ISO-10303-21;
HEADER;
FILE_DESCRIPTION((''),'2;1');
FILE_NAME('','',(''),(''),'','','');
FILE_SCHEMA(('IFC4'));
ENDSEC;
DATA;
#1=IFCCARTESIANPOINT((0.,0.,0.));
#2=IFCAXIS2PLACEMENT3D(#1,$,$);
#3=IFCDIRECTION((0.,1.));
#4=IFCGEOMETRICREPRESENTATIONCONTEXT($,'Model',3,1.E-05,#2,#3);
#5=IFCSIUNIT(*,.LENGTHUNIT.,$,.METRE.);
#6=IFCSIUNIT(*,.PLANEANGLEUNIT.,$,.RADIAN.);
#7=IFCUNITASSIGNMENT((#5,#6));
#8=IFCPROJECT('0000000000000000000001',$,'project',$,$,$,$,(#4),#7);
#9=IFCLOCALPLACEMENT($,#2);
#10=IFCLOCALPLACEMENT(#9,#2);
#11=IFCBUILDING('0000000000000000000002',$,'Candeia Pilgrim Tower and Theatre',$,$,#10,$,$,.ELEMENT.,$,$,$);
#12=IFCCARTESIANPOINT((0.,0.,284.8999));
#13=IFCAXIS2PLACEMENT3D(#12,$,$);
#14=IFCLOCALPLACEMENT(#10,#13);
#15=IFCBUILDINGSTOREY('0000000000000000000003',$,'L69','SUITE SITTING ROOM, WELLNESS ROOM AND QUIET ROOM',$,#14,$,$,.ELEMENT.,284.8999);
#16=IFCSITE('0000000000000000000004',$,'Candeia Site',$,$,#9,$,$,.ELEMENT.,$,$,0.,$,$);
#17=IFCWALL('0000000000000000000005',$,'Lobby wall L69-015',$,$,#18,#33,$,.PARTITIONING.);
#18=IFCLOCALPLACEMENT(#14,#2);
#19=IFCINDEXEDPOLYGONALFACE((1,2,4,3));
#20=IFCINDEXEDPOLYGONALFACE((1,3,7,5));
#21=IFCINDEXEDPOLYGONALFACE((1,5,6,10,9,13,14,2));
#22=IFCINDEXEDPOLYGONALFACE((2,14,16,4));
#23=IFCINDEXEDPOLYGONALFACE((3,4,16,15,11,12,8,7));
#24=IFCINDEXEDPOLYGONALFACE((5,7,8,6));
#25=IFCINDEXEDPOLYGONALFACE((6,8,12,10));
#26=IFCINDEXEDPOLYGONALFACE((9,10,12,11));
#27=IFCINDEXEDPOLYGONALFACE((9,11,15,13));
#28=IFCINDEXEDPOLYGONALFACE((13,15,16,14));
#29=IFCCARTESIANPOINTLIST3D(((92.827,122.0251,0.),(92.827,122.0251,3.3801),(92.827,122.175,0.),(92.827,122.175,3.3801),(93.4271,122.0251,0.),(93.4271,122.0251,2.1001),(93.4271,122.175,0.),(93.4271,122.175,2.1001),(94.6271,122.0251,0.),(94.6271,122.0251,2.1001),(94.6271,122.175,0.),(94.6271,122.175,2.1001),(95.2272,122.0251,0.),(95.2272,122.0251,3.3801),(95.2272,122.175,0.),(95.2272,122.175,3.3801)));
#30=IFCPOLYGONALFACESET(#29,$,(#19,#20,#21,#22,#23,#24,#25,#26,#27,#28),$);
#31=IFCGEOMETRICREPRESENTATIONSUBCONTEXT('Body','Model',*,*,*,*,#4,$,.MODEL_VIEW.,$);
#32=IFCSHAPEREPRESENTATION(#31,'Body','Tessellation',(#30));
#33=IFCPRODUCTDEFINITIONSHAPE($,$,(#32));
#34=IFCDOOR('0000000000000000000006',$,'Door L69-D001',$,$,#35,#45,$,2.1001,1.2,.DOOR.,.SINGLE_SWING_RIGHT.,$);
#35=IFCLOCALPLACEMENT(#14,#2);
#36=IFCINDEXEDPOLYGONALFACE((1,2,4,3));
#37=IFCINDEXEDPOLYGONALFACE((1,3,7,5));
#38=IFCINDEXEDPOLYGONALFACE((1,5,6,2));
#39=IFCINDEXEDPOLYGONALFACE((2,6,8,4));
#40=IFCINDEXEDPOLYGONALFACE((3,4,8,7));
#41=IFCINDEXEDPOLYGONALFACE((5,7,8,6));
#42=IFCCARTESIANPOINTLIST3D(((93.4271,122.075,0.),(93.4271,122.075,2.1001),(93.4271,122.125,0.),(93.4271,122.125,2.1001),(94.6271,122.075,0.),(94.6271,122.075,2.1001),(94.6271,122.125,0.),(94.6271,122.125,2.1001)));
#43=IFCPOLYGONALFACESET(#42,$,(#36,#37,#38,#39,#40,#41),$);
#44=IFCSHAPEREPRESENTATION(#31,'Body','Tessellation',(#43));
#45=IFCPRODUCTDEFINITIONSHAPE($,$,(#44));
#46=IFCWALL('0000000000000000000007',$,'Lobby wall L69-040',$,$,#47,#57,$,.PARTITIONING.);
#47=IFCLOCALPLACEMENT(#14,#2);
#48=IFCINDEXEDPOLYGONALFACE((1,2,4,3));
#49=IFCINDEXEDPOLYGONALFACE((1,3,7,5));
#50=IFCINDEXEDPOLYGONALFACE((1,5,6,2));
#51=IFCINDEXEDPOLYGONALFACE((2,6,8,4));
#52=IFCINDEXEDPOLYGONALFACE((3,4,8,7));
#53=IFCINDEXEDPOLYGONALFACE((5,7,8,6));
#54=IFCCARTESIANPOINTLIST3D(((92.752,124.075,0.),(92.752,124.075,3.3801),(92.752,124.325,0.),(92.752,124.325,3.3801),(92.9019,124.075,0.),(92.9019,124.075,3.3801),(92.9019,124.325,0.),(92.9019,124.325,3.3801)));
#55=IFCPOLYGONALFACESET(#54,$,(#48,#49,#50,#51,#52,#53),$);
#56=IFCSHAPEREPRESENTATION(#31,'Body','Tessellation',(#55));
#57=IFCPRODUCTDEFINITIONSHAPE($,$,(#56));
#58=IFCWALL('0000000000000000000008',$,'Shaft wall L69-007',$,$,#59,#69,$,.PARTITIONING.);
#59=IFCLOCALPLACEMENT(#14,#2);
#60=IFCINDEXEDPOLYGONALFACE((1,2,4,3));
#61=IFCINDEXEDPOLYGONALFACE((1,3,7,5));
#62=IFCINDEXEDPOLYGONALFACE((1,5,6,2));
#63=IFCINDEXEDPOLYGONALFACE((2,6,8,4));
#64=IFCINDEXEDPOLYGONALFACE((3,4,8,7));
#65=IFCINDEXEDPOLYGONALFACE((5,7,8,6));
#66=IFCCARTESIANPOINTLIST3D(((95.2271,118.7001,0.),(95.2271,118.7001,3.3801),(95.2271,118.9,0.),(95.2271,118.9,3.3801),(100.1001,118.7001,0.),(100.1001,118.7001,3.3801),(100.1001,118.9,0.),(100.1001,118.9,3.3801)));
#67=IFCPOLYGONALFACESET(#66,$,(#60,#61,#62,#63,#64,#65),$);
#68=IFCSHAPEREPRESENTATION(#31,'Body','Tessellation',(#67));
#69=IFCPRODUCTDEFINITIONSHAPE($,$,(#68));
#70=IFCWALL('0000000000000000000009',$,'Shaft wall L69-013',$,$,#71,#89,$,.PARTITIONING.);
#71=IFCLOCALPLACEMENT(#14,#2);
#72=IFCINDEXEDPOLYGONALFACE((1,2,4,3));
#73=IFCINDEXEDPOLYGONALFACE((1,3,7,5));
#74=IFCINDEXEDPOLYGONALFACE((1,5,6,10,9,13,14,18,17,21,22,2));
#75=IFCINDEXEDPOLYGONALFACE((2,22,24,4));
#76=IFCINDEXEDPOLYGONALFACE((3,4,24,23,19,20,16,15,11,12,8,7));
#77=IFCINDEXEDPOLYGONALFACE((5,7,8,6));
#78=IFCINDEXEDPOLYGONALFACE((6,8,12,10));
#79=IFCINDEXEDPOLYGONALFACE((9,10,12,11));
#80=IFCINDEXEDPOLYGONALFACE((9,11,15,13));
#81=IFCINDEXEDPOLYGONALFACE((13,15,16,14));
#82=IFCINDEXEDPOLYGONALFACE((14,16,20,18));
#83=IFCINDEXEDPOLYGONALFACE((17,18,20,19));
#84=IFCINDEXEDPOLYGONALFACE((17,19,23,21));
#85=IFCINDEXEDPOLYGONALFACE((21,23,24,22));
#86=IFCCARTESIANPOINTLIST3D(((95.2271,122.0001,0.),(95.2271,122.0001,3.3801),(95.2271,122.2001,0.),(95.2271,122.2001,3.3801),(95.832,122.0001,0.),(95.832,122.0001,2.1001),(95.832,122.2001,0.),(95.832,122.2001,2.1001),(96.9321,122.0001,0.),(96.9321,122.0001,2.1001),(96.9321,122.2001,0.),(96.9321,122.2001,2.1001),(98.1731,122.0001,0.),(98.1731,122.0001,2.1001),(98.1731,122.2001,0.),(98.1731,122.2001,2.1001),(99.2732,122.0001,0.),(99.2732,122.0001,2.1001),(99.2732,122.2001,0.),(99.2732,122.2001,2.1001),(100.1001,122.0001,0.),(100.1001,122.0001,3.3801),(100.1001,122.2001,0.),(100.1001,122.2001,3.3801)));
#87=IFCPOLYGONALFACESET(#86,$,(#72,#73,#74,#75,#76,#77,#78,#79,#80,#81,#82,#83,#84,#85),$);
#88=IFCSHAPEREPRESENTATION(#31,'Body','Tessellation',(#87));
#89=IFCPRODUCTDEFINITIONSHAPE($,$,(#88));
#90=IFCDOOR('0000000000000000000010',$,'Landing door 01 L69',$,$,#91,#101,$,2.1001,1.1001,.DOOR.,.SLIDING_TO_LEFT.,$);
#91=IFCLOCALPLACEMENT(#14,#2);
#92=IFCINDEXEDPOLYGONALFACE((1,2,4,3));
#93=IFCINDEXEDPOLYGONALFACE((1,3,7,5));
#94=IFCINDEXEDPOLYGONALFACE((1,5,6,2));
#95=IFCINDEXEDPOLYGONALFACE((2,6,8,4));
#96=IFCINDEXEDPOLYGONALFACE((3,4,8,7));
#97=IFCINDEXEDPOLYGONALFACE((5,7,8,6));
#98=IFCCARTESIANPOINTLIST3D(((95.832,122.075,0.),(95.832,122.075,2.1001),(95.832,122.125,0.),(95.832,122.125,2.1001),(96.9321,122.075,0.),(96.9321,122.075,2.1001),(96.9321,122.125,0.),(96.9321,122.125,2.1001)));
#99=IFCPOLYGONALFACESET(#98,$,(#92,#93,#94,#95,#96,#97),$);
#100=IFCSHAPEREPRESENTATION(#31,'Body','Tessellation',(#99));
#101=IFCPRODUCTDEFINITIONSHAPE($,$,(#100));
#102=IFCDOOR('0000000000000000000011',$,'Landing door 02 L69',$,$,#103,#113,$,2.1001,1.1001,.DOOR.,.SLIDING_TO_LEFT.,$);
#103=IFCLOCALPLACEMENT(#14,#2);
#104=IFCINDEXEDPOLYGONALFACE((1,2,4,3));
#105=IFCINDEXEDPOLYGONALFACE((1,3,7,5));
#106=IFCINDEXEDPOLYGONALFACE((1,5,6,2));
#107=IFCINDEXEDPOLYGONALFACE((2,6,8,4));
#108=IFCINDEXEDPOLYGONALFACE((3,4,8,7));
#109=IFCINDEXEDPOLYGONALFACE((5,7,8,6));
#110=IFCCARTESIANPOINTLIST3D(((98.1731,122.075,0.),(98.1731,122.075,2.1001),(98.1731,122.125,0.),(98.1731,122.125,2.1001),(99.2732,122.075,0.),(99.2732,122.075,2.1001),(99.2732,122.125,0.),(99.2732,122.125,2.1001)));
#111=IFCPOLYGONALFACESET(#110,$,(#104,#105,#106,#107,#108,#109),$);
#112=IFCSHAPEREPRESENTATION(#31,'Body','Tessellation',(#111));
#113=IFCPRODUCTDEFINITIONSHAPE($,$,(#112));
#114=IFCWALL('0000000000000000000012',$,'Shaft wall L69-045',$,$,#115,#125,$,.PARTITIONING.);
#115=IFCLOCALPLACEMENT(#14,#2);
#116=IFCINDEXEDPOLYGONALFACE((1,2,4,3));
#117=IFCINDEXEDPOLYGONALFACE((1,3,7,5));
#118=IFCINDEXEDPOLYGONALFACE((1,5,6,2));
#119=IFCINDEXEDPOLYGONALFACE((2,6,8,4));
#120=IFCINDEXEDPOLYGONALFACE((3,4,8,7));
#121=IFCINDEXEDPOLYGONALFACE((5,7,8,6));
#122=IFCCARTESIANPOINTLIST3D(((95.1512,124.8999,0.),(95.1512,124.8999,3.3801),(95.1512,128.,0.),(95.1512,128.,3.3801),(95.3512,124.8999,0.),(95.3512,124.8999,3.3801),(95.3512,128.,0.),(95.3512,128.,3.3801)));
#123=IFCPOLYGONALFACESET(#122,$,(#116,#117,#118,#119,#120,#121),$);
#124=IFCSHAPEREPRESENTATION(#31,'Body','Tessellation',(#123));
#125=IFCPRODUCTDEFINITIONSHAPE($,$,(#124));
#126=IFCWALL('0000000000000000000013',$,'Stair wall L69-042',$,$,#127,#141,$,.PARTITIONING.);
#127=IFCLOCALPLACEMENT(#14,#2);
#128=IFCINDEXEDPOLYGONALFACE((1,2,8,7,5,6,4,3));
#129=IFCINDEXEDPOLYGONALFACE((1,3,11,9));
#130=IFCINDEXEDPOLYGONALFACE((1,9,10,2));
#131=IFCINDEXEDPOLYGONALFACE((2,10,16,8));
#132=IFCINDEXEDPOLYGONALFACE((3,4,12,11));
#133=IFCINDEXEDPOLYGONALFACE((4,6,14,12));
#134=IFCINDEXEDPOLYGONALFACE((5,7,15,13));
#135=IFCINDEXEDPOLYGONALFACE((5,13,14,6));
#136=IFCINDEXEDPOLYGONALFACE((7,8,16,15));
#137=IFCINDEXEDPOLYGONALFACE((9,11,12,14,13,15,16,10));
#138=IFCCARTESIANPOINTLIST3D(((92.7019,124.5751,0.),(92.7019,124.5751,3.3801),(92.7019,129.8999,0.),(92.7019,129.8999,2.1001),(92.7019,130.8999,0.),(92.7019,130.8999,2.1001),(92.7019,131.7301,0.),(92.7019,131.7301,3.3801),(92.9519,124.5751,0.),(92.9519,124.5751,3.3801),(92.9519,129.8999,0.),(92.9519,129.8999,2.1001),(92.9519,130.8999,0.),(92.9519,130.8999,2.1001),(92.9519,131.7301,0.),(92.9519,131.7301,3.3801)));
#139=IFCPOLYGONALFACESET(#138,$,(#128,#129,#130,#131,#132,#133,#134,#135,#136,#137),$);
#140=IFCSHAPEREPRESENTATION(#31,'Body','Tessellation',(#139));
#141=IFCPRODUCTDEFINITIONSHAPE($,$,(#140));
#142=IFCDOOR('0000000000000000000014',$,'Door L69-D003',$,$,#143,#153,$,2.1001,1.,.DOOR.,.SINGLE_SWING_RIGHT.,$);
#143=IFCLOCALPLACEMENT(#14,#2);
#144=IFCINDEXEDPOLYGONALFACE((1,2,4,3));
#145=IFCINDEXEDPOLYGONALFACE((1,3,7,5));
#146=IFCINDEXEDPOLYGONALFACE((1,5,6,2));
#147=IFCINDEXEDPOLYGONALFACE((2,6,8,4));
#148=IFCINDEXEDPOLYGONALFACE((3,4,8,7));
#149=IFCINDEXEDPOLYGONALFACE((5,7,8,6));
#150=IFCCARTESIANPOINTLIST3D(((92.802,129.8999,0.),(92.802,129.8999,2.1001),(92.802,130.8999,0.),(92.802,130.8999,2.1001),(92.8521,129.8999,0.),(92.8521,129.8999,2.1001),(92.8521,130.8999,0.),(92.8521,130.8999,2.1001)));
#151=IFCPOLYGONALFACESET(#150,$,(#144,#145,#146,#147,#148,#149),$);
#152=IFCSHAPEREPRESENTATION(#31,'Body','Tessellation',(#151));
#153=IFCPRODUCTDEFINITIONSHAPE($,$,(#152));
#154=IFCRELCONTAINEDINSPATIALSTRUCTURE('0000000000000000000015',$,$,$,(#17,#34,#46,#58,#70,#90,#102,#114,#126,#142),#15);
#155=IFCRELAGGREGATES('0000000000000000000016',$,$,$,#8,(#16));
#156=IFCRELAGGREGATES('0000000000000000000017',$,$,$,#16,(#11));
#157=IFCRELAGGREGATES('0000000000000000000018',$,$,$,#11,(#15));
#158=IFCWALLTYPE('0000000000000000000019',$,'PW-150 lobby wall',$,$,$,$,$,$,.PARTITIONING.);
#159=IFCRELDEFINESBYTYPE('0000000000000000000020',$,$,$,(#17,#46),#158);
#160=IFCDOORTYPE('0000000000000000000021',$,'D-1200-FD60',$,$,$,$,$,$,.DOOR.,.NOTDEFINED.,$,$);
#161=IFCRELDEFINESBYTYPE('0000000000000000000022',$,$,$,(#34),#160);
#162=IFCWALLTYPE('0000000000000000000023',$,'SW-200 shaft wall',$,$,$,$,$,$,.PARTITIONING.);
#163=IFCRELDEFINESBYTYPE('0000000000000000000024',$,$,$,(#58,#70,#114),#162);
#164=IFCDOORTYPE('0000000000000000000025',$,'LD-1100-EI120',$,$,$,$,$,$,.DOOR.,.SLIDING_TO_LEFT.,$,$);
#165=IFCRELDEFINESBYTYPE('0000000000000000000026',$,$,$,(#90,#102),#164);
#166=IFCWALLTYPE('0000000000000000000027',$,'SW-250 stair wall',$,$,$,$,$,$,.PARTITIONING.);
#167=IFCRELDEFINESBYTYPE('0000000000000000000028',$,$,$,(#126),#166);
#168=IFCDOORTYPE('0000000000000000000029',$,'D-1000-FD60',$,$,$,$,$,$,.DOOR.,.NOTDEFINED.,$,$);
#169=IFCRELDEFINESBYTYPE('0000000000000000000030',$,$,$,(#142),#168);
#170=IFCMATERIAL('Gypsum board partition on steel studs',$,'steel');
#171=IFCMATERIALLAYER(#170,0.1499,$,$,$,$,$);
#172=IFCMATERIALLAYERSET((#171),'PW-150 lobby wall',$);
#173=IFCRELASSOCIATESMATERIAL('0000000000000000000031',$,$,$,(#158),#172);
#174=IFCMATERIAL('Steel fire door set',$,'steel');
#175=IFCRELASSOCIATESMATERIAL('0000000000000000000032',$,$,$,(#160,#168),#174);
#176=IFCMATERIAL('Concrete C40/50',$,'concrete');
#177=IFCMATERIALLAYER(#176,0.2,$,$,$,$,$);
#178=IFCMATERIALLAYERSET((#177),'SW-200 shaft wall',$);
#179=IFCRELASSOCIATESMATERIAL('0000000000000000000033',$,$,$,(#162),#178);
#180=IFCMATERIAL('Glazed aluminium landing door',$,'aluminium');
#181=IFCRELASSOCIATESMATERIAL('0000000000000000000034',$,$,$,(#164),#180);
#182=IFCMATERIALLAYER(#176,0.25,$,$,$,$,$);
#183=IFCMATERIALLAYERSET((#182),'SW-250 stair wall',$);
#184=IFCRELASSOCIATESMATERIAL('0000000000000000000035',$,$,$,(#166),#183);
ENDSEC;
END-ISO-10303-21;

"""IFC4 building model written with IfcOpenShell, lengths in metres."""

from ifc_helpers import new_model, si_unit, direction, frame, frame_2d, origin, place, context, subcontext, project, spatial, rectangle, extrude, material, layer, layer_set, type_object, element, fill, save


model = new_model("IFC4")

# Units and contexts
model_context = context("Model", 3, precision=1e-05, world=origin(), true_north=direction((0.0, 1.0)))
body_context = subcontext(model_context, "Body", "Model", "MODEL_VIEW")
ifc_project = project(units=[si_unit("LENGTHUNIT", "METRE"), si_unit("PLANEANGLEUNIT", "RADIAN")], contexts=[model_context])

# Site, building, storey
site_placement = place(None, origin())
site = spatial("IfcSite", under=ifc_project, at=site_placement, Name="Candeia Site", CompositionType="ELEMENT", RefElevation=0.0)
building_placement = place(site_placement, origin())
building = spatial("IfcBuilding", under=site, at=building_placement, Name="Candeia Pilgrim Tower and Theatre", CompositionType="ELEMENT")
storey_placement = place(building_placement, frame((0.0, 0.0, 284.8999)))
storey = spatial("IfcBuildingStorey", under=building, at=storey_placement, Name="L69", Description="SUITE SITTING ROOM, WELLNESS ROOM AND QUIET ROOM", CompositionType="ELEMENT", Elevation=284.8999)

# Wall, opening, door
ifc_material_1 = material(Name="Gypsum board partition on steel studs", Category="steel")
ifc_layer_1 = layer(ifc_material_1, 0.1499)
ifc_layer_set_1 = layer_set([ifc_layer_1], Name="PW-150 lobby wall")
wall_type_1 = type_object("IfcWallType", Name="PW-150 lobby wall", PredefinedType="PARTITIONING", material=ifc_layer_set_1)
wall_1_placement = place(storey_placement, frame((92.8269, 122.1001, 0.0), z_axis=(0.0, 0.0, 1.0), x_axis=(1.0, 0.0, 0.0)))
wall_1 = element("IfcWall", 1, at=wall_1_placement, inside=storey, type_object=wall_type_1, Name="Lobby wall L69-015", PredefinedType="PARTITIONING", context=body_context, shape_type="SweptSolid", body=[
    extrude(rectangle(XDim=2.4001, YDim=0.1499, at=frame_2d((1.2002, 0.0))), origin(), (0.0, 0.0, 1.0), 3.3801),
])
opening_1_placement = place(wall_1_placement, frame((0.6001, 0.0, 0.0)))
opening_1 = element("IfcOpeningElement", 2, at=opening_1_placement, cuts=wall_1, PredefinedType="OPENING", context=body_context, shape_type="SweptSolid", body=[
    extrude(rectangle(XDim=1.2, YDim=2.1001, at=frame_2d((0.6001, 1.05))), frame((0.0, 0.085, 0.0), z_axis=(0.0, -1.0, 0.0), x_axis=(1.0, 0.0, 0.0)), (0.0, 0.0, 1.0), 0.1699),
])
ifc_material_2 = material(Name="Steel fire door set", Category="steel")
door_type_1 = type_object("IfcDoorType", Name="D-1200-FD60", OperationType="NOTDEFINED", PredefinedType="DOOR", material=ifc_material_2)
door_1_placement = place(opening_1_placement, origin())
door_1 = element("IfcDoor", 3, at=door_1_placement, inside=storey, type_object=door_type_1, Name="Door L69-D001", OperationType="SINGLE_SWING_RIGHT", OverallHeight=2.1001, OverallWidth=1.2, PredefinedType="DOOR", context=body_context, shape_type="SweptSolid", body=[
    extrude(rectangle(XDim=1.2, YDim=2.1001, at=frame_2d((0.6001, 1.05))), frame((0.0, 0.0249, 0.0), z_axis=(0.0, -1.0, 0.0), x_axis=(1.0, 0.0, 0.0)), (0.0, 0.0, 1.0), 0.05),
])
fill(opening_1, door_1)

# Walls
wall_2_placement = place(storey_placement, frame((92.8269, 124.075, 0.0), z_axis=(0.0, 0.0, 1.0), x_axis=(0.0, 1.0, 0.0)))
element("IfcWall", 4, at=wall_2_placement, inside=storey, type_object=wall_type_1, Name="Lobby wall L69-040", PredefinedType="PARTITIONING", context=body_context, shape_type="SweptSolid", body=[
    extrude(rectangle(XDim=0.25, YDim=0.1499, at=frame_2d((0.125, 0.0))), origin(), (0.0, 0.0, 1.0), 3.3801),
])
ifc_material_3 = material(Name="Concrete C40/50", Category="concrete")
ifc_layer_2 = layer(ifc_material_3, 0.2)
ifc_layer_set_2 = layer_set([ifc_layer_2], Name="SW-200 shaft wall")
wall_type_2 = type_object("IfcWallType", Name="SW-200 shaft wall", PredefinedType="PARTITIONING", material=ifc_layer_set_2)
wall_3_placement = place(storey_placement, frame((95.2271, 118.8, 0.0), z_axis=(0.0, 0.0, 1.0), x_axis=(1.0, 0.0, 0.0)))
element("IfcWall", 5, at=wall_3_placement, inside=storey, type_object=wall_type_2, Name="Shaft wall L69-007", PredefinedType="PARTITIONING", context=body_context, shape_type="SweptSolid", body=[
    extrude(rectangle(XDim=4.873, YDim=0.2, at=frame_2d((2.4365, 0.0))), origin(), (0.0, 0.0, 1.0), 3.3801),
])

# Wall, openings, doors
wall_4_placement = place(storey_placement, frame((95.2271, 122.1001, 0.0), z_axis=(0.0, 0.0, 1.0), x_axis=(1.0, 0.0, 0.0)))
wall_4 = element("IfcWall", 6, at=wall_4_placement, inside=storey, type_object=wall_type_2, Name="Shaft wall L69-013", PredefinedType="PARTITIONING", context=body_context, shape_type="SweptSolid", body=[
    extrude(rectangle(XDim=4.873, YDim=0.2, at=frame_2d((2.4365, 0.0))), origin(), (0.0, 0.0, 1.0), 3.3801),
])
opening_2_placement = place(wall_4_placement, frame((0.605, 0.0, 0.0)))
opening_2 = element("IfcOpeningElement", 7, at=opening_2_placement, cuts=wall_4, PredefinedType="OPENING", context=body_context, shape_type="SweptSolid", body=[
    extrude(rectangle(XDim=1.1001, YDim=2.1001, at=frame_2d((0.55, 1.05))), frame((0.0, 0.1099, 0.0), z_axis=(0.0, -1.0, 0.0), x_axis=(1.0, 0.0, 0.0)), (0.0, 0.0, 1.0), 0.22),
])
opening_3_placement = place(wall_4_placement, frame((2.946, 0.0, 0.0)))
opening_3 = element("IfcOpeningElement", 8, at=opening_3_placement, cuts=wall_4, PredefinedType="OPENING", context=body_context, shape_type="SweptSolid", body=[
    extrude(rectangle(XDim=1.1001, YDim=2.1001, at=frame_2d((0.55, 1.05))), frame((0.0, 0.1099, 0.0), z_axis=(0.0, -1.0, 0.0), x_axis=(1.0, 0.0, 0.0)), (0.0, 0.0, 1.0), 0.22),
])
ifc_material_4 = material(Name="Glazed aluminium landing door", Category="aluminium")
door_type_2 = type_object("IfcDoorType", Name="LD-1100-EI120", OperationType="SLIDING_TO_LEFT", PredefinedType="DOOR", material=ifc_material_4)
door_2_placement = place(opening_2_placement, origin())
door_2 = element("IfcDoor", 9, at=door_2_placement, inside=storey, type_object=door_type_2, Name="Landing door 01 L69", OperationType="SLIDING_TO_LEFT", OverallHeight=2.1001, OverallWidth=1.1001, PredefinedType="DOOR", context=body_context, shape_type="SweptSolid", body=[
    extrude(rectangle(XDim=1.1001, YDim=2.1001, at=frame_2d((0.55, 1.05))), frame((0.0, 0.0249, 0.0), z_axis=(0.0, -1.0, 0.0), x_axis=(1.0, 0.0, 0.0)), (0.0, 0.0, 1.0), 0.05),
])
fill(opening_2, door_2)
door_3_placement = place(opening_3_placement, origin())
door_3 = element("IfcDoor", 10, at=door_3_placement, inside=storey, type_object=door_type_2, Name="Landing door 02 L69", OperationType="SLIDING_TO_LEFT", OverallHeight=2.1001, OverallWidth=1.1001, PredefinedType="DOOR", context=body_context, shape_type="SweptSolid", body=[
    extrude(rectangle(XDim=1.1001, YDim=2.1001, at=frame_2d((0.55, 1.05))), frame((0.0, 0.0249, 0.0), z_axis=(0.0, -1.0, 0.0), x_axis=(1.0, 0.0, 0.0)), (0.0, 0.0, 1.0), 0.05),
])
fill(opening_3, door_3)

# Wall
wall_5_placement = place(storey_placement, frame((95.2512, 124.8999, 0.0), z_axis=(0.0, 0.0, 1.0), x_axis=(0.0, 1.0, 0.0)))
element("IfcWall", 11, at=wall_5_placement, inside=storey, type_object=wall_type_2, Name="Shaft wall L69-045", PredefinedType="PARTITIONING", context=body_context, shape_type="SweptSolid", body=[
    extrude(rectangle(XDim=3.1001, YDim=0.2, at=frame_2d((1.55, 0.0))), origin(), (0.0, 0.0, 1.0), 3.3801),
])

# Wall, opening, door
ifc_layer_3 = layer(ifc_material_3, 0.25)
ifc_layer_set_3 = layer_set([ifc_layer_3], Name="SW-250 stair wall")
wall_type_3 = type_object("IfcWallType", Name="SW-250 stair wall", PredefinedType="PARTITIONING", material=ifc_layer_set_3)
wall_6_placement = place(storey_placement, frame((92.8269, 124.575, 0.0), z_axis=(0.0, 0.0, 1.0), x_axis=(0.0, 1.0, 0.0)))
wall_6 = element("IfcWall", 12, at=wall_6_placement, inside=storey, type_object=wall_type_3, Name="Stair wall L69-042", PredefinedType="PARTITIONING", context=body_context, shape_type="SweptSolid", body=[
    extrude(rectangle(XDim=7.155, YDim=0.25, at=frame_2d((3.5776, 0.0))), origin(), (0.0, 0.0, 1.0), 3.3801),
])
opening_4_placement = place(wall_6_placement, frame((5.325, 0.0, 0.0)))
opening_4 = element("IfcOpeningElement", 13, at=opening_4_placement, cuts=wall_6, PredefinedType="OPENING", context=body_context, shape_type="SweptSolid", body=[
    extrude(rectangle(XDim=1.0, YDim=2.1001, at=frame_2d((0.5, 1.05))), frame((0.0, 0.135, 0.0), z_axis=(0.0, -1.0, 0.0), x_axis=(1.0, 0.0, 0.0)), (0.0, 0.0, 1.0), 0.27),
])
door_type_3 = type_object("IfcDoorType", Name="D-1000-FD60", OperationType="NOTDEFINED", PredefinedType="DOOR", material=ifc_material_2)
door_4_placement = place(opening_4_placement, origin())
door_4 = element("IfcDoor", 14, at=door_4_placement, inside=storey, type_object=door_type_3, Name="Door L69-D003", OperationType="SINGLE_SWING_RIGHT", OverallHeight=2.1001, OverallWidth=1.0, PredefinedType="DOOR", context=body_context, shape_type="SweptSolid", body=[
    extrude(rectangle(XDim=1.0, YDim=2.1001, at=frame_2d((0.5, 1.05))), frame((0.0, 0.0249, 0.0), z_axis=(0.0, -1.0, 0.0), x_axis=(1.0, 0.0, 0.0)), (0.0, 0.0, 1.0), 0.05),
])
fill(opening_4, door_4)

save(model, "model.ifc")
